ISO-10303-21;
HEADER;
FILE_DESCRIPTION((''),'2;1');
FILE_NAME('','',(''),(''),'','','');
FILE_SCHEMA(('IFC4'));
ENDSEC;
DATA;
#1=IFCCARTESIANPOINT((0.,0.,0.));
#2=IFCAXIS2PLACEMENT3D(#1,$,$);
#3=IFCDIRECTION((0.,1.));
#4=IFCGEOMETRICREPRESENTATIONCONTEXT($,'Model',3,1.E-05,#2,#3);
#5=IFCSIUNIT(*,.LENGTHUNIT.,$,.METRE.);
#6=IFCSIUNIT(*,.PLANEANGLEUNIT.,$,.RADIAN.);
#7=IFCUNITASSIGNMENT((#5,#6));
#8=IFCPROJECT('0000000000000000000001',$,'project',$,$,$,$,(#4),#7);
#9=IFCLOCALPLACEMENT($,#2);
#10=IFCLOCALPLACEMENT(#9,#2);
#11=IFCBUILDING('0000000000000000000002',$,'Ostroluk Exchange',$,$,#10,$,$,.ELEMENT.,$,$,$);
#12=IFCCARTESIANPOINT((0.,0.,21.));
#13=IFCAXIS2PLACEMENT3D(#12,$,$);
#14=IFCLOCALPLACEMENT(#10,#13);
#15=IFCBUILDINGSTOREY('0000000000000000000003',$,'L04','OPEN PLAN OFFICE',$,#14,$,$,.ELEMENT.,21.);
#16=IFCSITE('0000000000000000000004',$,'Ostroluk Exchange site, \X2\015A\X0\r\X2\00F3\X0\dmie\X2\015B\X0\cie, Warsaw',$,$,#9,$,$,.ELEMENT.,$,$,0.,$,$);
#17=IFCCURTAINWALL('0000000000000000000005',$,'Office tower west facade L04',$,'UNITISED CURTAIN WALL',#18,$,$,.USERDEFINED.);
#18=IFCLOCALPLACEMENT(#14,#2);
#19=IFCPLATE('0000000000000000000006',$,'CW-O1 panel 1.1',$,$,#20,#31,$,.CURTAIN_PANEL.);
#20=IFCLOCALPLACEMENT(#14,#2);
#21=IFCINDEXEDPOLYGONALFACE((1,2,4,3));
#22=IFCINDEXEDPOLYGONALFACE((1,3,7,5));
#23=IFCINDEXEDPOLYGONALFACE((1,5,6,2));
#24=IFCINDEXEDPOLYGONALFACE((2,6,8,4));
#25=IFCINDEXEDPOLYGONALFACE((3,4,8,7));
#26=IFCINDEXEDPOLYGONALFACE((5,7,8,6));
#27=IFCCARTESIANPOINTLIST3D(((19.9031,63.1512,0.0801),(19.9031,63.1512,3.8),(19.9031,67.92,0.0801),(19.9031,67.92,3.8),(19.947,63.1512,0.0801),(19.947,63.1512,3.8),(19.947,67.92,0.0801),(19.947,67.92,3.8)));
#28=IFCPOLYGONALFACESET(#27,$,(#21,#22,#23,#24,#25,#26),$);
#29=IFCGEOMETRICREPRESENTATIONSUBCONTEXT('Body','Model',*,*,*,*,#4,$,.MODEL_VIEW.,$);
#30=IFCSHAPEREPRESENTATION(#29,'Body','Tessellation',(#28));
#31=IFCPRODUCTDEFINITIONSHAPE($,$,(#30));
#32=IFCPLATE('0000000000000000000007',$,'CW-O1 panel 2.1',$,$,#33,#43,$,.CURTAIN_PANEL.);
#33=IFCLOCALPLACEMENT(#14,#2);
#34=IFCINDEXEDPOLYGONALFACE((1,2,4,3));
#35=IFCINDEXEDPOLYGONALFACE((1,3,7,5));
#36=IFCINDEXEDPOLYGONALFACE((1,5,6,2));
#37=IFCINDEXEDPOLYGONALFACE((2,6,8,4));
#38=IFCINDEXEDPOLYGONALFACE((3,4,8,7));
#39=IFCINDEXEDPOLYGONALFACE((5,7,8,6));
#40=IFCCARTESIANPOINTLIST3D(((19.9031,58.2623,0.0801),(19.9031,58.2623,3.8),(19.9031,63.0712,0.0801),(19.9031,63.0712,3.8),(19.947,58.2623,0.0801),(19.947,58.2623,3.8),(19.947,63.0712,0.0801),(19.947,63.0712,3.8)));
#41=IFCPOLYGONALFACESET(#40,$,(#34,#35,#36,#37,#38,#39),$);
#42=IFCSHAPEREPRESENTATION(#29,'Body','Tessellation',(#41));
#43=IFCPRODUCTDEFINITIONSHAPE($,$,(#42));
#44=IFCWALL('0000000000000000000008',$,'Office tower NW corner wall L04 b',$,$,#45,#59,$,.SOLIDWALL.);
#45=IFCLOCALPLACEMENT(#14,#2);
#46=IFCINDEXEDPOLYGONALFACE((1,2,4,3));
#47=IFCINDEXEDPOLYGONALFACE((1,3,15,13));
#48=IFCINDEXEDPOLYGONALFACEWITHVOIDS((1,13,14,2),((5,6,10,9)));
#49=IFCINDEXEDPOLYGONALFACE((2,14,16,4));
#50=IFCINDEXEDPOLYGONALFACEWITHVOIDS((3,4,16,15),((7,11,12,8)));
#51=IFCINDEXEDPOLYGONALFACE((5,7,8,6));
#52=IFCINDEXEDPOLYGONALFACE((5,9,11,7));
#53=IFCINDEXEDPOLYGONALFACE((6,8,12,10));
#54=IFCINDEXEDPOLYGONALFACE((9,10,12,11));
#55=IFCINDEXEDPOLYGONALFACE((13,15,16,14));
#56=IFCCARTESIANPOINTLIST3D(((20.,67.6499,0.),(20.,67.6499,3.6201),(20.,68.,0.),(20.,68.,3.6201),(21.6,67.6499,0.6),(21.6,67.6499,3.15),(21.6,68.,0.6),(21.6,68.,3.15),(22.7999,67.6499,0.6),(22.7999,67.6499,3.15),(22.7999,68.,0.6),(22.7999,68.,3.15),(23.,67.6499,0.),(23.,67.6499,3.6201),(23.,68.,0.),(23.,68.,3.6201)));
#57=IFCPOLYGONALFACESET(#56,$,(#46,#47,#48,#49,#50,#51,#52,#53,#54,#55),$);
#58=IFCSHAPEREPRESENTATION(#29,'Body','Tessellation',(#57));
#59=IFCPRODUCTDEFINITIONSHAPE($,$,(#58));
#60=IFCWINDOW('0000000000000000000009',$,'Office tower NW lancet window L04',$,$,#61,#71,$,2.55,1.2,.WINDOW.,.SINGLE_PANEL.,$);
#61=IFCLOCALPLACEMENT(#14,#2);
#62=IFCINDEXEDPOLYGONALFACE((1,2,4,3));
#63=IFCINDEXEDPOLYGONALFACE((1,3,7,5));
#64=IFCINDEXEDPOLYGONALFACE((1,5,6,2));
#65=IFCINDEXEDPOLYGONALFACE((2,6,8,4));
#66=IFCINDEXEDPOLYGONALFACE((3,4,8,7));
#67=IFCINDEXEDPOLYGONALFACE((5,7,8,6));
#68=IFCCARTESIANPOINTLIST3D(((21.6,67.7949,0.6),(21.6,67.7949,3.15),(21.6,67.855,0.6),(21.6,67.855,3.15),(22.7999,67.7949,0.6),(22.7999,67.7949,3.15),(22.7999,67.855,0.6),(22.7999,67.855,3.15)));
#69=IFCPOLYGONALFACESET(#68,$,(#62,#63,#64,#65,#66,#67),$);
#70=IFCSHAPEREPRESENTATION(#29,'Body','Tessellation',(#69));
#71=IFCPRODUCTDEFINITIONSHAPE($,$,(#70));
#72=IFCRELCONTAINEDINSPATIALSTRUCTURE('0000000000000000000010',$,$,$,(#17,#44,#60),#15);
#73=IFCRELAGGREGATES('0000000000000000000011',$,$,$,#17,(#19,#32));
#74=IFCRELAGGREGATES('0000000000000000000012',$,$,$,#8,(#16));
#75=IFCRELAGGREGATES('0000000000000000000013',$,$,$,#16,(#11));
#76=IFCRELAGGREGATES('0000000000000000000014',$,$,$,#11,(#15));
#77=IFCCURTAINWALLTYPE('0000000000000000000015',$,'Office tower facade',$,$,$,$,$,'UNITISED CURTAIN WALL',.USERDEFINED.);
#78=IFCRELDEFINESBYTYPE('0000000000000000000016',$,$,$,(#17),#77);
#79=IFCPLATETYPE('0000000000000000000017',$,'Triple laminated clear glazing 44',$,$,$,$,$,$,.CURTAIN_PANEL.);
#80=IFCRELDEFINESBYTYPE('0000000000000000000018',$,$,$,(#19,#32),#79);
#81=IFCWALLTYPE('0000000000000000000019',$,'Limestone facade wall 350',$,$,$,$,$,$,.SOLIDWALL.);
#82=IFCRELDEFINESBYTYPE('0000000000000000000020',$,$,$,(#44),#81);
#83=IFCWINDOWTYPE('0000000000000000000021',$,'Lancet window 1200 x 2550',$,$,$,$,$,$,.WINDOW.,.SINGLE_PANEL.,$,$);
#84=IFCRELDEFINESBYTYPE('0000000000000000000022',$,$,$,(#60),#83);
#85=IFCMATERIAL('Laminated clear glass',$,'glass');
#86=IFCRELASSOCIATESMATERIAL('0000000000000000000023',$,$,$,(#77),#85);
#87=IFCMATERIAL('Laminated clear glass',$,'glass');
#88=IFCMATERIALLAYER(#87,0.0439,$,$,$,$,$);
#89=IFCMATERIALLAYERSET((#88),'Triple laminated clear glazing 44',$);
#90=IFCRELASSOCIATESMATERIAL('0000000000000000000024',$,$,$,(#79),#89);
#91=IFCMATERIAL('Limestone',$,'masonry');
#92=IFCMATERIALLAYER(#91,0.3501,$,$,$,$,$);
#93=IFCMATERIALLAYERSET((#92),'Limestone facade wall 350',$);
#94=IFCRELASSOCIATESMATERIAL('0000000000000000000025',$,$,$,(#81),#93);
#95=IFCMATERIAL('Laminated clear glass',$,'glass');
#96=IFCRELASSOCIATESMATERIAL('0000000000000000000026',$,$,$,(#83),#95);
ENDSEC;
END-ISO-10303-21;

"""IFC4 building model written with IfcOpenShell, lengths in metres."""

from ifc_helpers import new_model, si_unit, direction, frame, frame_2d, origin, origin_2d, place, context, subcontext, project, spatial, rectangle, extrude, material, layer, layer_set, type_object, element, fill, aggregate, save


model = new_model("IFC4")

# Units and contexts
model_context = context("Model", 3, precision=1e-05, world=origin(), true_north=direction((0.0, 1.0)))
body_context = subcontext(model_context, "Body", "Model", "MODEL_VIEW")
ifc_project = project(units=[si_unit("LENGTHUNIT", "METRE"), si_unit("PLANEANGLEUNIT", "RADIAN")], contexts=[model_context])

# Site, building, storey
site_placement = place(None, origin())
site = spatial("IfcSite", under=ifc_project, at=site_placement, Name="Ostroluk Exchange site, Śródmieście, Warsaw", CompositionType="ELEMENT", RefElevation=0.0)
building_placement = place(site_placement, origin())
building = spatial("IfcBuilding", under=site, at=building_placement, Name="Ostroluk Exchange", CompositionType="ELEMENT")
storey_placement = place(building_placement, frame((0.0, 0.0, 21.0)))
storey = spatial("IfcBuildingStorey", under=building, at=storey_placement, Name="L04", Description="OPEN PLAN OFFICE", CompositionType="ELEMENT", Elevation=21.0)

# Curtain wall
ifc_material_1 = material(Name="Laminated clear glass", Category="glass")
curtain_wall_type = type_object("IfcCurtainWallType", Name="Office tower facade", ElementType="UNITISED CURTAIN WALL", PredefinedType="USERDEFINED", material=ifc_material_1)
curtain_wall_1_placement = place(storey_placement, origin())
curtain_wall_1 = element("IfcCurtainWall", 1, at=curtain_wall_1_placement, inside=storey, type_object=curtain_wall_type, Name="Office tower west facade L04", ObjectType="UNITISED CURTAIN WALL", PredefinedType="USERDEFINED")

# Plates
ifc_material_2 = material(Name="Laminated clear glass", Category="glass")
ifc_layer_1 = layer(ifc_material_2, 0.0439)
ifc_layer_set_1 = layer_set([ifc_layer_1], Name="Triple laminated clear glazing 44")
plate_type = type_object("IfcPlateType", Name="Triple laminated clear glazing 44", PredefinedType="CURTAIN_PANEL", material=ifc_layer_set_1)
plate_1_placement = place(storey_placement, frame((19.925, 65.5356, 0.0801), z_axis=(0.0, 0.0, 1.0), x_axis=(0.0, -1.0, 0.0)))
plate_1 = element("IfcPlate", 2, at=plate_1_placement, type_object=plate_type, Name="CW-O1 panel 1.1", PredefinedType="CURTAIN_PANEL", context=body_context, shape_type="SweptSolid", body=[
    extrude(rectangle(XDim=4.7688, YDim=0.0439, at=origin_2d()), origin(), (0.0, 0.0, 1.0), 3.72),
])
plate_2_placement = place(storey_placement, frame((19.925, 60.6667, 0.0801), z_axis=(0.0, 0.0, 1.0), x_axis=(0.0, -1.0, 0.0)))
plate_2 = element("IfcPlate", 3, at=plate_2_placement, type_object=plate_type, Name="CW-O1 panel 2.1", PredefinedType="CURTAIN_PANEL", context=body_context, shape_type="SweptSolid", body=[
    extrude(rectangle(XDim=4.8088, YDim=0.0439, at=origin_2d()), origin(), (0.0, 0.0, 1.0), 3.72),
])
aggregate(curtain_wall_1, [plate_1, plate_2])

# Shared definitions
ifc_material_3 = material(Name="Limestone", Category="masonry")
ifc_layer_2 = layer(ifc_material_3, 0.3501)
ifc_layer_set_2 = layer_set([ifc_layer_2], Name="Limestone facade wall 350")
wall_type = type_object("IfcWallType", Name="Limestone facade wall 350", PredefinedType="SOLIDWALL", material=ifc_layer_set_2)

# Wall, opening, window
wall_1_placement = place(storey_placement, frame((23.0, 67.825, 0.0), z_axis=(0.0, 0.0, 1.0), x_axis=(-1.0, 0.0, 0.0)))
wall_1 = element("IfcWall", 4, at=wall_1_placement, inside=storey, type_object=wall_type, Name="Office tower NW corner wall L04 b", PredefinedType="SOLIDWALL", context=body_context, shape_type="SweptSolid", body=[
    extrude(rectangle(XDim=3.0, YDim=0.3501, at=frame_2d((1.5, 0.0))), origin(), (0.0, 0.0, 1.0), 3.6201),
])
opening_1_placement = place(wall_1_placement, frame((0.2, 0.0, 0.6001)))
opening_1 = element("IfcOpeningElement", 5, at=opening_1_placement, cuts=wall_1, PredefinedType="OPENING", context=body_context, shape_type="SweptSolid", body=[
    extrude(rectangle(XDim=1.2, YDim=2.55, at=frame_2d((0.6001, 1.2749))), frame((0.0, 0.1851, 0.0), z_axis=(0.0, -1.0, 0.0), x_axis=(1.0, 0.0, 0.0)), (0.0, 0.0, 1.0), 0.3701),
])
ifc_material_4 = material(Name="Laminated clear glass", Category="glass")
window_type = type_object("IfcWindowType", Name="Lancet window 1200 x 2550", PartitioningType="SINGLE_PANEL", PredefinedType="WINDOW", material=ifc_material_4)
window_placement = place(opening_1_placement, origin())
window = element("IfcWindow", 6, at=window_placement, inside=storey, type_object=window_type, Name="Office tower NW lancet window L04", OverallHeight=2.55, OverallWidth=1.2, PartitioningType="SINGLE_PANEL", PredefinedType="WINDOW", context=body_context, shape_type="SweptSolid", body=[
    extrude(rectangle(XDim=1.2, YDim=2.55, at=frame_2d((0.6001, 1.2749))), frame((0.0, 0.03, 0.0), z_axis=(0.0, -1.0, 0.0), x_axis=(1.0, 0.0, 0.0)), (0.0, 0.0, 1.0), 0.0601),
])
fill(opening_1, window)

save(model, "model.ifc")
